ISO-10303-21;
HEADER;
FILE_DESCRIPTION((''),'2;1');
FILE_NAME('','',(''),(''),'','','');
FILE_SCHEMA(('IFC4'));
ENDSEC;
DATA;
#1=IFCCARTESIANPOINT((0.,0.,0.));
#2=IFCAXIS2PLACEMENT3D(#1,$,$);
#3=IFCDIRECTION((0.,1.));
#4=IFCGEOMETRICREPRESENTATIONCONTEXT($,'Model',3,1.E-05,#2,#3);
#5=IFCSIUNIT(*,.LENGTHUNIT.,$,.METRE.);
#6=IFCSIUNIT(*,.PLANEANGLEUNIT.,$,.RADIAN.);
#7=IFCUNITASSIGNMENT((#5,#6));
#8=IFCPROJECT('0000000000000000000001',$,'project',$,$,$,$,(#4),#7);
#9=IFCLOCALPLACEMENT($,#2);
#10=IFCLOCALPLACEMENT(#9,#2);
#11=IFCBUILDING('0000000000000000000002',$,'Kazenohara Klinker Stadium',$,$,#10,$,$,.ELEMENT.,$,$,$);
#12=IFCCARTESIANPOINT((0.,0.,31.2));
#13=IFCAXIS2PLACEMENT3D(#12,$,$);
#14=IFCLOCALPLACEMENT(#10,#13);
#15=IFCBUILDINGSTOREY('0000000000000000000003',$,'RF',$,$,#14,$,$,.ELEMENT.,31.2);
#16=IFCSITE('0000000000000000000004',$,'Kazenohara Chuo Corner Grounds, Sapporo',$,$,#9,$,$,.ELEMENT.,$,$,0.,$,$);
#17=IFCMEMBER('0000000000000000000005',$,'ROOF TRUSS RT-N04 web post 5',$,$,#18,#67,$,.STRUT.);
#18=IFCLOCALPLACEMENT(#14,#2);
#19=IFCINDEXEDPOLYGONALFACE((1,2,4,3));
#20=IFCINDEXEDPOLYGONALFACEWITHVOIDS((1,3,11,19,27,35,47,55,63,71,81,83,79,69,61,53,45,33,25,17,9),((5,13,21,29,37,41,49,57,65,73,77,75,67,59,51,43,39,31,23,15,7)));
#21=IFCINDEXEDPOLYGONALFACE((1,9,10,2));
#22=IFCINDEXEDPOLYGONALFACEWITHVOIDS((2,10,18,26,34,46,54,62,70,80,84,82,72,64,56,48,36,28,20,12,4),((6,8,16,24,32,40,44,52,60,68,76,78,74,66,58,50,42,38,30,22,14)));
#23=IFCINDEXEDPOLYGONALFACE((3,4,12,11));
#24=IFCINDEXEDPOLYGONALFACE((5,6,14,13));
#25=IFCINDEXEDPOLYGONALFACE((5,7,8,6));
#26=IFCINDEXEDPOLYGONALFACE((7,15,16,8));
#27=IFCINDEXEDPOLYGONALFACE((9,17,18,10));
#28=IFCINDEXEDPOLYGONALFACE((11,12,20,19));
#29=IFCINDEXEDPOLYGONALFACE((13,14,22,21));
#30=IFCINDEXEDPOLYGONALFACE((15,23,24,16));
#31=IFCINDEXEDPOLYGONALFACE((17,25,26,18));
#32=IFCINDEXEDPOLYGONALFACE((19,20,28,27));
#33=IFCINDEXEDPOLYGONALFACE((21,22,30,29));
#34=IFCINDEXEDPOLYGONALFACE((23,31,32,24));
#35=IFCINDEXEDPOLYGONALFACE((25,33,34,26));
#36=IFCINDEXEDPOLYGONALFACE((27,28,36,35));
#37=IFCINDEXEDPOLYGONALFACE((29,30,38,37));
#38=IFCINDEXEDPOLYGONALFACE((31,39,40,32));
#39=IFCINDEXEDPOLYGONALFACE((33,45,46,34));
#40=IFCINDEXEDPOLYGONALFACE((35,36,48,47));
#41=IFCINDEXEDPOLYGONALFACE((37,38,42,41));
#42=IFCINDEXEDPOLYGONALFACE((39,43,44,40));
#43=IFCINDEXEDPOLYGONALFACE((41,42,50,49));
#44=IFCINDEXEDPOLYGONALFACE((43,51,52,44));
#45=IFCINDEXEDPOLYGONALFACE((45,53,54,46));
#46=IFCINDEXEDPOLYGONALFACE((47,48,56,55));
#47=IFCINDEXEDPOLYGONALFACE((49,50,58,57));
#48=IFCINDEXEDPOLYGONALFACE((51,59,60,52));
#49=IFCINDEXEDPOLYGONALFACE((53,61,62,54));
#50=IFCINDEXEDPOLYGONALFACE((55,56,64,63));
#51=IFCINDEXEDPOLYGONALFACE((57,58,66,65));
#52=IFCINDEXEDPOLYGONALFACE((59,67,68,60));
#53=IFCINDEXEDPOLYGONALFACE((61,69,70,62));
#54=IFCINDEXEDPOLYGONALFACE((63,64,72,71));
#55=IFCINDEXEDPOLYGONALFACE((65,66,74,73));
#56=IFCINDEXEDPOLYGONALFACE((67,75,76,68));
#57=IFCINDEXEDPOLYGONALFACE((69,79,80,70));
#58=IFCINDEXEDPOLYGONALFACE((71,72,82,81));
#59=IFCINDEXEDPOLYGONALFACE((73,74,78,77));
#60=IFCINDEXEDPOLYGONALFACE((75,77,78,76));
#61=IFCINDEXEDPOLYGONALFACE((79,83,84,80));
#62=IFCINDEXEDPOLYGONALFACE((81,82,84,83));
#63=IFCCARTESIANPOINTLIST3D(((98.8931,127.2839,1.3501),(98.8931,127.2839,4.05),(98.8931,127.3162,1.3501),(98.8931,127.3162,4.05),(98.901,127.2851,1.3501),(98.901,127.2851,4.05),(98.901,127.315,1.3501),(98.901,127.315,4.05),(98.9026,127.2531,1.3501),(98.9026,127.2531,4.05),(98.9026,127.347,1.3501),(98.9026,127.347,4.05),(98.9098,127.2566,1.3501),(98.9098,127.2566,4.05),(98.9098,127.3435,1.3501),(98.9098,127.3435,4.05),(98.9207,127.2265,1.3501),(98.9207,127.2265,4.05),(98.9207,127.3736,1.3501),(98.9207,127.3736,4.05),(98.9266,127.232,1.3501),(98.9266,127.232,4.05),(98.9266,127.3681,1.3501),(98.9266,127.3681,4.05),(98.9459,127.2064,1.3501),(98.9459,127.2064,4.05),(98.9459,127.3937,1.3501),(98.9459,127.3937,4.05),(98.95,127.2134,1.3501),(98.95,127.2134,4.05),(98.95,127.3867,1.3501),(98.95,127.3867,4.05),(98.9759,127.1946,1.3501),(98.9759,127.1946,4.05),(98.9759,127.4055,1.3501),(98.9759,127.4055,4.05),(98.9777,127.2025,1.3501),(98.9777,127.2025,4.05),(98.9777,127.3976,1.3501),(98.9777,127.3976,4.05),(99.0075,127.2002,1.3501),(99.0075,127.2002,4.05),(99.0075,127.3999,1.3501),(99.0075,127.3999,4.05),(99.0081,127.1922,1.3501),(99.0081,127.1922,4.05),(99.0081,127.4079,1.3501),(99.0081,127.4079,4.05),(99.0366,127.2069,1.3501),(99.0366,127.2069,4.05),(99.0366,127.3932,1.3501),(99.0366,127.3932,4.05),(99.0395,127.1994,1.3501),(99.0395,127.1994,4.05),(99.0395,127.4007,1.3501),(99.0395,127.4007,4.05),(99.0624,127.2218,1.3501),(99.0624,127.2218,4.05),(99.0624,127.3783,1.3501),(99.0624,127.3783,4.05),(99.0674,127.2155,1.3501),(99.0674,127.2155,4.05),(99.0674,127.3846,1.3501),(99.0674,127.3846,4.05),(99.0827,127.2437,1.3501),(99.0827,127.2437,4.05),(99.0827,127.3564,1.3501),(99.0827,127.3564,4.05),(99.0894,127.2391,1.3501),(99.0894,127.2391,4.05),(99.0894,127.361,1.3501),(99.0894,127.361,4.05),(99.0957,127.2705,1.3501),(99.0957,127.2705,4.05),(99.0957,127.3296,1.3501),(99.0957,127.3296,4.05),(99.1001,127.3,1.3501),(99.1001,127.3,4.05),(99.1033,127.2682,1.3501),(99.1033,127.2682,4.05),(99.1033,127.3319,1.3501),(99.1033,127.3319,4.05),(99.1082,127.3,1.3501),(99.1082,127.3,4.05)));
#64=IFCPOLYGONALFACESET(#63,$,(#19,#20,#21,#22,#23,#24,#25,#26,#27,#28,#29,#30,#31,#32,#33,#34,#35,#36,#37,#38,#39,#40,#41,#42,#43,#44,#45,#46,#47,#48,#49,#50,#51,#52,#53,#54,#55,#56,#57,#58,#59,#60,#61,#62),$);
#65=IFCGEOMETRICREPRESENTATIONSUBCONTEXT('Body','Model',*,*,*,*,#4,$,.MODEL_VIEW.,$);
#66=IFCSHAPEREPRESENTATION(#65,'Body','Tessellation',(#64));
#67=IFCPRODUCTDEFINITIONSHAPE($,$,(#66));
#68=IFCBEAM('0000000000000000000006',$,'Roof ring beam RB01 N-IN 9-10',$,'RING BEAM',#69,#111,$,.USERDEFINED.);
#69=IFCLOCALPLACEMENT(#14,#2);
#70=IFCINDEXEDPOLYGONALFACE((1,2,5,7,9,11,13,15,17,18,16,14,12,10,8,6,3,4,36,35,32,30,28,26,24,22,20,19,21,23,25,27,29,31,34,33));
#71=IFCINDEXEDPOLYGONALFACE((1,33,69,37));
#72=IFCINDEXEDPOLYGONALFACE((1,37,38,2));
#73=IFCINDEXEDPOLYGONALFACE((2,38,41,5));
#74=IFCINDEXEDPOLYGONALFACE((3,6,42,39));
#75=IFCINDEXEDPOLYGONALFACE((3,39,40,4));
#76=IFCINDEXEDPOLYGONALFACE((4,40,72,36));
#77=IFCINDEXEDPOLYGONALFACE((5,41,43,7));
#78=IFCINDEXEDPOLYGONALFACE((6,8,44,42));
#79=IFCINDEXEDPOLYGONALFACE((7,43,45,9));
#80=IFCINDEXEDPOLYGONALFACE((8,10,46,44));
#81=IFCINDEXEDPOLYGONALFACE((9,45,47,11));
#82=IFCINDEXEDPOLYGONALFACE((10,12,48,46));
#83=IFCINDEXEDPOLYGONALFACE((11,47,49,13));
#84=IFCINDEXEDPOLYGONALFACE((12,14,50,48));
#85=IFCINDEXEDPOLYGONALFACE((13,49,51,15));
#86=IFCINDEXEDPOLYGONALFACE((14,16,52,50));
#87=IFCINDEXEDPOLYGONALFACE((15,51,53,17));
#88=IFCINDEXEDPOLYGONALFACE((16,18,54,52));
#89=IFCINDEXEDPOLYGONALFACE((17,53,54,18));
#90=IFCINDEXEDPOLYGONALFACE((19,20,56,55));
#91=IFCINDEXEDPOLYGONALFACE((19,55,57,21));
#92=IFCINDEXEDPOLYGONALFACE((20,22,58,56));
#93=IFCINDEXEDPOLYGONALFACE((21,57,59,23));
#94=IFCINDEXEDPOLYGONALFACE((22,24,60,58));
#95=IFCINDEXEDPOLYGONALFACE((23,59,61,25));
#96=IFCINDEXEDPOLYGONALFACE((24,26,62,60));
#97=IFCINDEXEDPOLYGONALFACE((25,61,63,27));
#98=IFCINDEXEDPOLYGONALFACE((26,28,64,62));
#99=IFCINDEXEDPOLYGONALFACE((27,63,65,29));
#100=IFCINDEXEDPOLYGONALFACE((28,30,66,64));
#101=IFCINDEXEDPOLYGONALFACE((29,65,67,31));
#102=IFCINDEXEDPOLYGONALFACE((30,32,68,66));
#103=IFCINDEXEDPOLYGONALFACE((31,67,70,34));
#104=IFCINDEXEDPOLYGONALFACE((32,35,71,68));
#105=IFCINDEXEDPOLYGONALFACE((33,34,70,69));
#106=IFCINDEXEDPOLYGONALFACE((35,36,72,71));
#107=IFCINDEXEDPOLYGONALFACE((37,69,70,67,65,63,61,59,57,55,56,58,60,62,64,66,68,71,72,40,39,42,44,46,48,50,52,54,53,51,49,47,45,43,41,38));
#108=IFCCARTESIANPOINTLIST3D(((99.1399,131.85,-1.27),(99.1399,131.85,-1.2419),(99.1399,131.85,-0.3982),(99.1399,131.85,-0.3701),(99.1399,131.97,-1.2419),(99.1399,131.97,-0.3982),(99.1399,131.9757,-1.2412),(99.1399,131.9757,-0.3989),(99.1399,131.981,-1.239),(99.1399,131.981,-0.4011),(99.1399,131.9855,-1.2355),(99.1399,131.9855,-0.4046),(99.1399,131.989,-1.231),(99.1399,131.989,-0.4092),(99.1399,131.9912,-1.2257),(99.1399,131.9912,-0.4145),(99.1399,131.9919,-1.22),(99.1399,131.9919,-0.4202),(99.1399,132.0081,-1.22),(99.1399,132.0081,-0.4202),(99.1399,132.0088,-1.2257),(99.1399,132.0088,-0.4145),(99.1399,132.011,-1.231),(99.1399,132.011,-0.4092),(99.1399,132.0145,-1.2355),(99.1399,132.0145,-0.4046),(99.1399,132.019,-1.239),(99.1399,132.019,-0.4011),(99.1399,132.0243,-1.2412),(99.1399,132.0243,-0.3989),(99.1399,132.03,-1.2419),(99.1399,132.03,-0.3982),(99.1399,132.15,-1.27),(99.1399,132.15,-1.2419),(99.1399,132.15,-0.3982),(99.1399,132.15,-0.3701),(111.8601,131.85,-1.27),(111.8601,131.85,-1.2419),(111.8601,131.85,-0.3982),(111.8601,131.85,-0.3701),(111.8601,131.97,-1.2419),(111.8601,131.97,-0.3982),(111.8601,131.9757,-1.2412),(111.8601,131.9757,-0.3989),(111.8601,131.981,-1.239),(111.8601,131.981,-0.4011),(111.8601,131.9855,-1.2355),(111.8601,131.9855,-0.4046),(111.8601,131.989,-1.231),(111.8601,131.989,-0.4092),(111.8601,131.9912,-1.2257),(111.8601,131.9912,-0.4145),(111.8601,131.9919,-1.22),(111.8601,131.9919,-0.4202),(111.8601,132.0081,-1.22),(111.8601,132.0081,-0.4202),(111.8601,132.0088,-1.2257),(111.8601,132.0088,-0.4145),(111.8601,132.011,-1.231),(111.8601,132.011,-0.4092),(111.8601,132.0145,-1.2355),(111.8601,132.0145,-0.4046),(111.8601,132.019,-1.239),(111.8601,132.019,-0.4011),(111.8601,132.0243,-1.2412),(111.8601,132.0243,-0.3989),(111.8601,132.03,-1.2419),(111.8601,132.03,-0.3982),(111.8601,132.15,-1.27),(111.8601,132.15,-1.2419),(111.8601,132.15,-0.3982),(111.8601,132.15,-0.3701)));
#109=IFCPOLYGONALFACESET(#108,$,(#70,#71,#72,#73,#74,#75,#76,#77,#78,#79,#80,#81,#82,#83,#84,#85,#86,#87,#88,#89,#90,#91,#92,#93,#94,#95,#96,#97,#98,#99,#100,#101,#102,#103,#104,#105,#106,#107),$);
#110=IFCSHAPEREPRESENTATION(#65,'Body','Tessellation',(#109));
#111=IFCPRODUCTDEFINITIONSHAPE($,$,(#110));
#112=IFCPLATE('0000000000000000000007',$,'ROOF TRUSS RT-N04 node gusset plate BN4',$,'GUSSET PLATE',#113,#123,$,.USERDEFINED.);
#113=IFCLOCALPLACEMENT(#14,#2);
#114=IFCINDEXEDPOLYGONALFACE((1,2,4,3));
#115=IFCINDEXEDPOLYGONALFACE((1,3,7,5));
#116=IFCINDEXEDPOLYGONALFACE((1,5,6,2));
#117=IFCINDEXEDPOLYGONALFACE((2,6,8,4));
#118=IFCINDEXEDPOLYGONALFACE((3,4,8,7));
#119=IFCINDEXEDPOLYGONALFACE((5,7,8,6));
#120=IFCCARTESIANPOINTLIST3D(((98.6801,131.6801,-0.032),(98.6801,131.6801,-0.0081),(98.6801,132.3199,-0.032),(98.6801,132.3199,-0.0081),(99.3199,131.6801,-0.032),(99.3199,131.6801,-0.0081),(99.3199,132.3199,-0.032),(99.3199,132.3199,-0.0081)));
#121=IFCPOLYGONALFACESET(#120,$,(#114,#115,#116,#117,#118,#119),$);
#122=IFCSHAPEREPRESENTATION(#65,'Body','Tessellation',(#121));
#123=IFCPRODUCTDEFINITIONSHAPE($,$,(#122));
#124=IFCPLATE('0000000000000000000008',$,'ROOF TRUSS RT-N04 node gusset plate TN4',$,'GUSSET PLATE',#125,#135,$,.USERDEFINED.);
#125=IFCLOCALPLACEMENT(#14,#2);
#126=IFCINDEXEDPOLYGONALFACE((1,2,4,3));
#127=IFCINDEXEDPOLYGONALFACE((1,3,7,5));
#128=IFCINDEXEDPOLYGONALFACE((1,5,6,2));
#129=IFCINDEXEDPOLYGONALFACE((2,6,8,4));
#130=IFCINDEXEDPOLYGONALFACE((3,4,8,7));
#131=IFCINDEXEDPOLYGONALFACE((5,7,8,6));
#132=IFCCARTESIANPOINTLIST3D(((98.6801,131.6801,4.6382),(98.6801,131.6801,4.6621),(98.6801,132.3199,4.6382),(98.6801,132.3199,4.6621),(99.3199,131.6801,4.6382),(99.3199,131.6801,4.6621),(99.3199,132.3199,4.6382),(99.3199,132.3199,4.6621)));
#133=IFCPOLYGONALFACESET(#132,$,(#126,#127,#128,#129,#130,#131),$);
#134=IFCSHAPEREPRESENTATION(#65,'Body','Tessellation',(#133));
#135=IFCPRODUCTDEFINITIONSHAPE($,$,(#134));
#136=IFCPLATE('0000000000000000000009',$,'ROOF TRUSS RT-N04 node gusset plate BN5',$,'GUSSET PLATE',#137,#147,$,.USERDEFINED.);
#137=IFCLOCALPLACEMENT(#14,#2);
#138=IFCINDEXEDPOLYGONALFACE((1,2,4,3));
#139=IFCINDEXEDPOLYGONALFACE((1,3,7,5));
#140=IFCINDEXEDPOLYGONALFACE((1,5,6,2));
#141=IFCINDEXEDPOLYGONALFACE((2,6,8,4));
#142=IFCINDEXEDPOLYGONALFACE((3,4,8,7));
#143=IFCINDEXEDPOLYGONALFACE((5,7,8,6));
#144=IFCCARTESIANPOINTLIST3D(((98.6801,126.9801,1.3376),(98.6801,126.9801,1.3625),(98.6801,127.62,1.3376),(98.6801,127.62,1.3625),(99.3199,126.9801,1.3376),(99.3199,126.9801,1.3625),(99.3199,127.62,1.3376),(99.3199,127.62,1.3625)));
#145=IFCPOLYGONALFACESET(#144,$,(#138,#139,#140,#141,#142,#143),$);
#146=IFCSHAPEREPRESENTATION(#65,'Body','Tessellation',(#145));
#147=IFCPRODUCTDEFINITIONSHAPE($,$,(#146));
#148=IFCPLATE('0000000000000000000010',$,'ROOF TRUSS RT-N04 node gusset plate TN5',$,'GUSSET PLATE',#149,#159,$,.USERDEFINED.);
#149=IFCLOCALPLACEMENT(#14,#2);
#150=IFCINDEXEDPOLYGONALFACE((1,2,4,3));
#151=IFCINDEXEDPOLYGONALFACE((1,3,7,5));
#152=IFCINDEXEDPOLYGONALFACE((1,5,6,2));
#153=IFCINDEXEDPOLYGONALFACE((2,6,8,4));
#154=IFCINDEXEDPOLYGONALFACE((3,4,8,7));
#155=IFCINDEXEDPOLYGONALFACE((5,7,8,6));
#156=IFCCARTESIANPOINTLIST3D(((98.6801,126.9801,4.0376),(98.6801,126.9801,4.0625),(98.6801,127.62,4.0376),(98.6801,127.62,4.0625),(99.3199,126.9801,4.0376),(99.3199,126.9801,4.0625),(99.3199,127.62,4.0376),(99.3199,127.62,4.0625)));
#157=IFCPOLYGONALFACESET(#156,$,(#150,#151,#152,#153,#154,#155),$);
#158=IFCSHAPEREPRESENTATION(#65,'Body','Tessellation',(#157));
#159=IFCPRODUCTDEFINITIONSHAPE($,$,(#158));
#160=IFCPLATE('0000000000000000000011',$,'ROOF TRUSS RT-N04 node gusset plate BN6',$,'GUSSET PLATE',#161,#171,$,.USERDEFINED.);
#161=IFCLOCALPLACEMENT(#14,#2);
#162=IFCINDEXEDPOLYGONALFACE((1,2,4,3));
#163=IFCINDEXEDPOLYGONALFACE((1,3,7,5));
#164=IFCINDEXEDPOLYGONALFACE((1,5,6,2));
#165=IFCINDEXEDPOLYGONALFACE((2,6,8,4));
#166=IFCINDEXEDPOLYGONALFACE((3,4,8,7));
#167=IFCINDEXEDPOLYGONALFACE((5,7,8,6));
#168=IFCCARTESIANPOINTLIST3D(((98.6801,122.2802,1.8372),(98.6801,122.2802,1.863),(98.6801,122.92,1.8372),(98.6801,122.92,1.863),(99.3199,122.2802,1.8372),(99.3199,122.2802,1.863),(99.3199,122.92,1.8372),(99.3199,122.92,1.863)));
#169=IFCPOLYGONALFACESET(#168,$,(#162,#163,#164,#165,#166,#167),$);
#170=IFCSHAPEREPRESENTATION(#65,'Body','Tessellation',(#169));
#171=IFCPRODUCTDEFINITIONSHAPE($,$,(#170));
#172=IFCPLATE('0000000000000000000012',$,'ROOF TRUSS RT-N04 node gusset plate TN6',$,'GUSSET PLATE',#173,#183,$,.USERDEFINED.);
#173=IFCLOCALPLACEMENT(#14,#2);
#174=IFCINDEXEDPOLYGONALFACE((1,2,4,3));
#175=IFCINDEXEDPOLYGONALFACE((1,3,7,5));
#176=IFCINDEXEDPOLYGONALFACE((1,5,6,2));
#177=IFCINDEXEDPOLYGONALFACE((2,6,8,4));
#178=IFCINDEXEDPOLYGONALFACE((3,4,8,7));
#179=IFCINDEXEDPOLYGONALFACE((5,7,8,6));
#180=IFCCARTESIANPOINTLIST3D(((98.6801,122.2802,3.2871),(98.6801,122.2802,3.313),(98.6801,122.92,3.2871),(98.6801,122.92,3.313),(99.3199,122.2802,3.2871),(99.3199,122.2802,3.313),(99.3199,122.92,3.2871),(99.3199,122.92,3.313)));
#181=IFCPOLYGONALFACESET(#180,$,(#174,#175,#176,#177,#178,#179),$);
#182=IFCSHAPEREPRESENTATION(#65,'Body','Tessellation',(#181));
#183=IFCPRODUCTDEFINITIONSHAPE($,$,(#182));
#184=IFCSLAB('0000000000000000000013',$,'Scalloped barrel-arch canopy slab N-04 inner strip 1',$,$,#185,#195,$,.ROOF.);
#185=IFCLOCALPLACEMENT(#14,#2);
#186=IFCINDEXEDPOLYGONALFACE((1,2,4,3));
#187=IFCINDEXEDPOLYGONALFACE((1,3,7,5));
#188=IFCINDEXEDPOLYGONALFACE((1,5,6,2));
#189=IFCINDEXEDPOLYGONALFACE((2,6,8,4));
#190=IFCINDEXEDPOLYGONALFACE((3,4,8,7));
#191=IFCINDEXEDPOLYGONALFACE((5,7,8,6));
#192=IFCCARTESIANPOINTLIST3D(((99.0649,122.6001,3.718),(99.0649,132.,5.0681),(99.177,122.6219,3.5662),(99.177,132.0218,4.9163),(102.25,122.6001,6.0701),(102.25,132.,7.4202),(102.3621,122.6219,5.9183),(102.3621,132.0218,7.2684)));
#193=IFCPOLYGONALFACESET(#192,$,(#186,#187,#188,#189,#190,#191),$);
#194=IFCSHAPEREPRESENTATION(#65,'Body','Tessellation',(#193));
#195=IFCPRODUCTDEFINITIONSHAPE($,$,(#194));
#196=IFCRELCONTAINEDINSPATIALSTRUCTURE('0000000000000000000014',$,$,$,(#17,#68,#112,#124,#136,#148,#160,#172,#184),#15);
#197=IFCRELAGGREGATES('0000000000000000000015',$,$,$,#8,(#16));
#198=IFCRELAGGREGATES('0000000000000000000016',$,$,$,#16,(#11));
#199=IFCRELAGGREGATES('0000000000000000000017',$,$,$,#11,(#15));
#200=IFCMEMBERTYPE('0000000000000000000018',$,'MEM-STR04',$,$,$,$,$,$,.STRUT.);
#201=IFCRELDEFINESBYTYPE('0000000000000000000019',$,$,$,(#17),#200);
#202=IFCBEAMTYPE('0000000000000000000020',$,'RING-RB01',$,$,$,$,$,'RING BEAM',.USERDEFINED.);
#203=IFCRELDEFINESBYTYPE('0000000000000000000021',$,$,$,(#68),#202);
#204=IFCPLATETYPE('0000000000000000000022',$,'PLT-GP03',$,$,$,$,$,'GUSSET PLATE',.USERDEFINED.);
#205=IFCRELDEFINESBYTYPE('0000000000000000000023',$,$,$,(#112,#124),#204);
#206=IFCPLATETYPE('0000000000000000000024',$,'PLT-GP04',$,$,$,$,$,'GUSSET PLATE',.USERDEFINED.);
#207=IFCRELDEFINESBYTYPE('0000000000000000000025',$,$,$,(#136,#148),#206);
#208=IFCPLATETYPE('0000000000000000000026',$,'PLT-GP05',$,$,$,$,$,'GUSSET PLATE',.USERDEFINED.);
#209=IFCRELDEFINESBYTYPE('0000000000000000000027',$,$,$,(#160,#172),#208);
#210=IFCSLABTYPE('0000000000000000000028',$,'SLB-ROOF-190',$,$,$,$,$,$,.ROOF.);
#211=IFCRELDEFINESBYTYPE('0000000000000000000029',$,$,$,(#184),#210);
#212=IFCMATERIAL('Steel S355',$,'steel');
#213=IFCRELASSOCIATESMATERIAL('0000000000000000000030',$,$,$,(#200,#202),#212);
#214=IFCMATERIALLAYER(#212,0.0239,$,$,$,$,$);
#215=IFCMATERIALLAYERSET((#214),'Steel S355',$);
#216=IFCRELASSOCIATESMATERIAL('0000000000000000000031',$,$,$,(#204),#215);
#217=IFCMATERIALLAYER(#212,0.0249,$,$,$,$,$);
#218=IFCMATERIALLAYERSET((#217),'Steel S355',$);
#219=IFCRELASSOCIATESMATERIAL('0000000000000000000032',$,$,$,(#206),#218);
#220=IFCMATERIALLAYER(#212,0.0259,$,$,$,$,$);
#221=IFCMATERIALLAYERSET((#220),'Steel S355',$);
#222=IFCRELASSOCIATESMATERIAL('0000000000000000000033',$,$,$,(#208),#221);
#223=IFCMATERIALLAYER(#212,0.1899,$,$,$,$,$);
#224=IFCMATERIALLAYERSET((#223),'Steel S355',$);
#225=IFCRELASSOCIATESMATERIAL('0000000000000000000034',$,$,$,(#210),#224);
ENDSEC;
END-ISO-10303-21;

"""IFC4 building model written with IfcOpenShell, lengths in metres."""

from ifc_helpers import new_model, si_unit, direction, frame, origin, origin_2d, place, context, subcontext, project, spatial, polyline, rectangle, hollow_circle, i_section, outline, extrude, material, layer, layer_set, material_profile, profile_set, type_object, element, save


model = new_model("IFC4")

# Units and contexts
model_context = context("Model", 3, precision=1e-05, world=origin(), true_north=direction((0.0, 1.0)))
body_context = subcontext(model_context, "Body", "Model", "MODEL_VIEW")
ifc_project = project(units=[si_unit("LENGTHUNIT", "METRE"), si_unit("PLANEANGLEUNIT", "RADIAN")], contexts=[model_context])

# Site, building, storey
site_placement = place(None, origin())
site = spatial("IfcSite", under=ifc_project, at=site_placement, Name="Kazenohara Chuo Corner Grounds, Sapporo", CompositionType="ELEMENT", RefElevation=0.0)
building_placement = place(site_placement, origin())
building = spatial("IfcBuilding", under=site, at=building_placement, Name="Kazenohara Klinker Stadium", CompositionType="ELEMENT")
storey_placement = place(building_placement, frame((0.0, 0.0, 31.2)))
storey = spatial("IfcBuildingStorey", under=building, at=storey_placement, Name="RF", CompositionType="ELEMENT", Elevation=31.2)

# Member
ifc_material_1 = material(Name="Steel S355", Category="steel")
ifc_material_profile_1 = material_profile(ifc_material_1, hollow_circle(Radius=0.1082, WallThickness=0.0081, at=origin_2d()), Name="CHS-216.3x8")
ifc_profile_set_1 = profile_set([ifc_material_profile_1], Name="Steel S355")
member_type_1 = type_object("IfcMemberType", Name="MEM-STR04", PredefinedType="STRUT", material=ifc_profile_set_1)
member_1_placement = place(storey_placement, frame((99.0, 127.3, 1.3501), z_axis=(0.0, 0.0, 1.0), x_axis=(1.0, 0.0, 0.0)))
element("IfcMember", 1, at=member_1_placement, inside=storey, type_object=member_type_1, Name="ROOF TRUSS RT-N04 web post 5", PredefinedType="STRUT", context=body_context, shape_type="SweptSolid", body=[
    extrude(hollow_circle(Radius=0.1082, WallThickness=0.0081, at=origin_2d()), origin(), (0.0, 0.0, 1.0), 2.7),
])

# Beam
ifc_material_profile_2 = material_profile(ifc_material_1, i_section(OverallWidth=0.3, OverallDepth=0.8999, WebThickness=0.0161, FlangeThickness=0.0281, FilletRadius=0.022, at=origin_2d()), Name="H-900x300x16x28")
ifc_profile_set_2 = profile_set([ifc_material_profile_2], Name="Steel S355")
beam_type = type_object("IfcBeamType", Name="RING-RB01", ElementType="RING BEAM", PredefinedType="USERDEFINED", material=ifc_profile_set_2)
beam_placement = place(storey_placement, frame((99.1399, 132.0, -0.8201), z_axis=(1.0, 0.0, 0.0), x_axis=(0.0, 1.0, 0.0)))
element("IfcBeam", 2, at=beam_placement, inside=storey, type_object=beam_type, Name="Roof ring beam RB01 N-IN 9-10", ObjectType="RING BEAM", PredefinedType="USERDEFINED", context=body_context, shape_type="SweptSolid", body=[
    extrude(i_section(OverallWidth=0.3, OverallDepth=0.8999, WebThickness=0.0161, FlangeThickness=0.0281, FilletRadius=0.022, at=origin_2d()), origin(), (0.0, 0.0, 1.0), 12.7202),
])

# Plates
ifc_layer_1 = layer(ifc_material_1, 0.0239)
ifc_layer_set_1 = layer_set([ifc_layer_1], Name="Steel S355")
plate_type_1 = type_object("IfcPlateType", Name="PLT-GP03", ElementType="GUSSET PLATE", PredefinedType="USERDEFINED", material=ifc_layer_set_1)
for number, where, z_axis, x_axis, name in (
    (3, (99.0, 132.0, -0.032), (0.0, 0.0, 1.0), (1.0, 0.0, 0.0), "ROOF TRUSS RT-N04 node gusset plate BN4"),
    (4, (99.0, 132.0, 4.6382), (0.0, 0.0, 1.0), (1.0, 0.0, 0.0), "ROOF TRUSS RT-N04 node gusset plate TN4"),
):
    element("IfcPlate", number, at=place(storey_placement, frame(where, z_axis=z_axis, x_axis=x_axis)), inside=storey, type_object=plate_type_1, Name=name, ObjectType="GUSSET PLATE", PredefinedType="USERDEFINED", context=body_context, shape_type="SweptSolid", body=[
        extrude(rectangle(XDim=0.6399, YDim=0.6399, at=origin_2d()), origin(), (0.0, 0.0, 1.0), 0.0239),
    ])
ifc_layer_2 = layer(ifc_material_1, 0.0249)
ifc_layer_set_2 = layer_set([ifc_layer_2], Name="Steel S355")
plate_type_2 = type_object("IfcPlateType", Name="PLT-GP04", ElementType="GUSSET PLATE", PredefinedType="USERDEFINED", material=ifc_layer_set_2)
for number, where, z_axis, x_axis, name in (
    (5, (99.0, 127.3, 1.3376), (0.0, 0.0, 1.0), (1.0, 0.0, 0.0), "ROOF TRUSS RT-N04 node gusset plate BN5"),
    (6, (99.0, 127.3, 4.0376), (0.0, 0.0, 1.0), (1.0, 0.0, 0.0), "ROOF TRUSS RT-N04 node gusset plate TN5"),
):
    element("IfcPlate", number, at=place(storey_placement, frame(where, z_axis=z_axis, x_axis=x_axis)), inside=storey, type_object=plate_type_2, Name=name, ObjectType="GUSSET PLATE", PredefinedType="USERDEFINED", context=body_context, shape_type="SweptSolid", body=[
        extrude(rectangle(XDim=0.6399, YDim=0.6399, at=origin_2d()), origin(), (0.0, 0.0, 1.0), 0.0249),
    ])
ifc_layer_3 = layer(ifc_material_1, 0.0259)
ifc_layer_set_3 = layer_set([ifc_layer_3], Name="Steel S355")
plate_type_3 = type_object("IfcPlateType", Name="PLT-GP05", ElementType="GUSSET PLATE", PredefinedType="USERDEFINED", material=ifc_layer_set_3)
for number, where, z_axis, x_axis, name in (
    (7, (99.0, 122.6001, 1.8372), (0.0, 0.0, 1.0), (1.0, 0.0, 0.0), "ROOF TRUSS RT-N04 node gusset plate BN6"),
    (8, (99.0, 122.6001, 3.2871), (0.0, 0.0, 1.0), (1.0, 0.0, 0.0), "ROOF TRUSS RT-N04 node gusset plate TN6"),
):
    element("IfcPlate", number, at=place(storey_placement, frame(where, z_axis=z_axis, x_axis=x_axis)), inside=storey, type_object=plate_type_3, Name=name, ObjectType="GUSSET PLATE", PredefinedType="USERDEFINED", context=body_context, shape_type="SweptSolid", body=[
        extrude(rectangle(XDim=0.6399, YDim=0.6399, at=origin_2d()), origin(), (0.0, 0.0, 1.0), 0.0259),
    ])

# Slab
ifc_layer_4 = layer(ifc_material_1, 0.1899)
ifc_layer_set_4 = layer_set([ifc_layer_4], Name="Steel S355")
slab_type = type_object("IfcSlabType", Name="SLB-ROOF-190", PredefinedType="ROOF", material=ifc_layer_set_4)
slab_1_placement = place(storey_placement, frame((99.0649, 132.0, 5.0681), z_axis=(-0.590118, -0.114776, 0.799116), x_axis=(0.0, -0.989842, -0.14217)))
element("IfcSlab", 9, at=slab_1_placement, inside=storey, type_object=slab_type, Name="Scalloped barrel-arch canopy slab N-04 inner strip 1", PredefinedType="ROOF", context=body_context, shape_type="SweptSolid", body=[
    extrude(outline(polyline([(0.0, 0.0), (9.4964, 0.0), (9.162, 3.9452), (-0.3344, 3.9452), (0.0, 0.0)])), origin(), (0.0, 0.0, -1.0), 0.1899),
])

save(model, "model.ifc")
